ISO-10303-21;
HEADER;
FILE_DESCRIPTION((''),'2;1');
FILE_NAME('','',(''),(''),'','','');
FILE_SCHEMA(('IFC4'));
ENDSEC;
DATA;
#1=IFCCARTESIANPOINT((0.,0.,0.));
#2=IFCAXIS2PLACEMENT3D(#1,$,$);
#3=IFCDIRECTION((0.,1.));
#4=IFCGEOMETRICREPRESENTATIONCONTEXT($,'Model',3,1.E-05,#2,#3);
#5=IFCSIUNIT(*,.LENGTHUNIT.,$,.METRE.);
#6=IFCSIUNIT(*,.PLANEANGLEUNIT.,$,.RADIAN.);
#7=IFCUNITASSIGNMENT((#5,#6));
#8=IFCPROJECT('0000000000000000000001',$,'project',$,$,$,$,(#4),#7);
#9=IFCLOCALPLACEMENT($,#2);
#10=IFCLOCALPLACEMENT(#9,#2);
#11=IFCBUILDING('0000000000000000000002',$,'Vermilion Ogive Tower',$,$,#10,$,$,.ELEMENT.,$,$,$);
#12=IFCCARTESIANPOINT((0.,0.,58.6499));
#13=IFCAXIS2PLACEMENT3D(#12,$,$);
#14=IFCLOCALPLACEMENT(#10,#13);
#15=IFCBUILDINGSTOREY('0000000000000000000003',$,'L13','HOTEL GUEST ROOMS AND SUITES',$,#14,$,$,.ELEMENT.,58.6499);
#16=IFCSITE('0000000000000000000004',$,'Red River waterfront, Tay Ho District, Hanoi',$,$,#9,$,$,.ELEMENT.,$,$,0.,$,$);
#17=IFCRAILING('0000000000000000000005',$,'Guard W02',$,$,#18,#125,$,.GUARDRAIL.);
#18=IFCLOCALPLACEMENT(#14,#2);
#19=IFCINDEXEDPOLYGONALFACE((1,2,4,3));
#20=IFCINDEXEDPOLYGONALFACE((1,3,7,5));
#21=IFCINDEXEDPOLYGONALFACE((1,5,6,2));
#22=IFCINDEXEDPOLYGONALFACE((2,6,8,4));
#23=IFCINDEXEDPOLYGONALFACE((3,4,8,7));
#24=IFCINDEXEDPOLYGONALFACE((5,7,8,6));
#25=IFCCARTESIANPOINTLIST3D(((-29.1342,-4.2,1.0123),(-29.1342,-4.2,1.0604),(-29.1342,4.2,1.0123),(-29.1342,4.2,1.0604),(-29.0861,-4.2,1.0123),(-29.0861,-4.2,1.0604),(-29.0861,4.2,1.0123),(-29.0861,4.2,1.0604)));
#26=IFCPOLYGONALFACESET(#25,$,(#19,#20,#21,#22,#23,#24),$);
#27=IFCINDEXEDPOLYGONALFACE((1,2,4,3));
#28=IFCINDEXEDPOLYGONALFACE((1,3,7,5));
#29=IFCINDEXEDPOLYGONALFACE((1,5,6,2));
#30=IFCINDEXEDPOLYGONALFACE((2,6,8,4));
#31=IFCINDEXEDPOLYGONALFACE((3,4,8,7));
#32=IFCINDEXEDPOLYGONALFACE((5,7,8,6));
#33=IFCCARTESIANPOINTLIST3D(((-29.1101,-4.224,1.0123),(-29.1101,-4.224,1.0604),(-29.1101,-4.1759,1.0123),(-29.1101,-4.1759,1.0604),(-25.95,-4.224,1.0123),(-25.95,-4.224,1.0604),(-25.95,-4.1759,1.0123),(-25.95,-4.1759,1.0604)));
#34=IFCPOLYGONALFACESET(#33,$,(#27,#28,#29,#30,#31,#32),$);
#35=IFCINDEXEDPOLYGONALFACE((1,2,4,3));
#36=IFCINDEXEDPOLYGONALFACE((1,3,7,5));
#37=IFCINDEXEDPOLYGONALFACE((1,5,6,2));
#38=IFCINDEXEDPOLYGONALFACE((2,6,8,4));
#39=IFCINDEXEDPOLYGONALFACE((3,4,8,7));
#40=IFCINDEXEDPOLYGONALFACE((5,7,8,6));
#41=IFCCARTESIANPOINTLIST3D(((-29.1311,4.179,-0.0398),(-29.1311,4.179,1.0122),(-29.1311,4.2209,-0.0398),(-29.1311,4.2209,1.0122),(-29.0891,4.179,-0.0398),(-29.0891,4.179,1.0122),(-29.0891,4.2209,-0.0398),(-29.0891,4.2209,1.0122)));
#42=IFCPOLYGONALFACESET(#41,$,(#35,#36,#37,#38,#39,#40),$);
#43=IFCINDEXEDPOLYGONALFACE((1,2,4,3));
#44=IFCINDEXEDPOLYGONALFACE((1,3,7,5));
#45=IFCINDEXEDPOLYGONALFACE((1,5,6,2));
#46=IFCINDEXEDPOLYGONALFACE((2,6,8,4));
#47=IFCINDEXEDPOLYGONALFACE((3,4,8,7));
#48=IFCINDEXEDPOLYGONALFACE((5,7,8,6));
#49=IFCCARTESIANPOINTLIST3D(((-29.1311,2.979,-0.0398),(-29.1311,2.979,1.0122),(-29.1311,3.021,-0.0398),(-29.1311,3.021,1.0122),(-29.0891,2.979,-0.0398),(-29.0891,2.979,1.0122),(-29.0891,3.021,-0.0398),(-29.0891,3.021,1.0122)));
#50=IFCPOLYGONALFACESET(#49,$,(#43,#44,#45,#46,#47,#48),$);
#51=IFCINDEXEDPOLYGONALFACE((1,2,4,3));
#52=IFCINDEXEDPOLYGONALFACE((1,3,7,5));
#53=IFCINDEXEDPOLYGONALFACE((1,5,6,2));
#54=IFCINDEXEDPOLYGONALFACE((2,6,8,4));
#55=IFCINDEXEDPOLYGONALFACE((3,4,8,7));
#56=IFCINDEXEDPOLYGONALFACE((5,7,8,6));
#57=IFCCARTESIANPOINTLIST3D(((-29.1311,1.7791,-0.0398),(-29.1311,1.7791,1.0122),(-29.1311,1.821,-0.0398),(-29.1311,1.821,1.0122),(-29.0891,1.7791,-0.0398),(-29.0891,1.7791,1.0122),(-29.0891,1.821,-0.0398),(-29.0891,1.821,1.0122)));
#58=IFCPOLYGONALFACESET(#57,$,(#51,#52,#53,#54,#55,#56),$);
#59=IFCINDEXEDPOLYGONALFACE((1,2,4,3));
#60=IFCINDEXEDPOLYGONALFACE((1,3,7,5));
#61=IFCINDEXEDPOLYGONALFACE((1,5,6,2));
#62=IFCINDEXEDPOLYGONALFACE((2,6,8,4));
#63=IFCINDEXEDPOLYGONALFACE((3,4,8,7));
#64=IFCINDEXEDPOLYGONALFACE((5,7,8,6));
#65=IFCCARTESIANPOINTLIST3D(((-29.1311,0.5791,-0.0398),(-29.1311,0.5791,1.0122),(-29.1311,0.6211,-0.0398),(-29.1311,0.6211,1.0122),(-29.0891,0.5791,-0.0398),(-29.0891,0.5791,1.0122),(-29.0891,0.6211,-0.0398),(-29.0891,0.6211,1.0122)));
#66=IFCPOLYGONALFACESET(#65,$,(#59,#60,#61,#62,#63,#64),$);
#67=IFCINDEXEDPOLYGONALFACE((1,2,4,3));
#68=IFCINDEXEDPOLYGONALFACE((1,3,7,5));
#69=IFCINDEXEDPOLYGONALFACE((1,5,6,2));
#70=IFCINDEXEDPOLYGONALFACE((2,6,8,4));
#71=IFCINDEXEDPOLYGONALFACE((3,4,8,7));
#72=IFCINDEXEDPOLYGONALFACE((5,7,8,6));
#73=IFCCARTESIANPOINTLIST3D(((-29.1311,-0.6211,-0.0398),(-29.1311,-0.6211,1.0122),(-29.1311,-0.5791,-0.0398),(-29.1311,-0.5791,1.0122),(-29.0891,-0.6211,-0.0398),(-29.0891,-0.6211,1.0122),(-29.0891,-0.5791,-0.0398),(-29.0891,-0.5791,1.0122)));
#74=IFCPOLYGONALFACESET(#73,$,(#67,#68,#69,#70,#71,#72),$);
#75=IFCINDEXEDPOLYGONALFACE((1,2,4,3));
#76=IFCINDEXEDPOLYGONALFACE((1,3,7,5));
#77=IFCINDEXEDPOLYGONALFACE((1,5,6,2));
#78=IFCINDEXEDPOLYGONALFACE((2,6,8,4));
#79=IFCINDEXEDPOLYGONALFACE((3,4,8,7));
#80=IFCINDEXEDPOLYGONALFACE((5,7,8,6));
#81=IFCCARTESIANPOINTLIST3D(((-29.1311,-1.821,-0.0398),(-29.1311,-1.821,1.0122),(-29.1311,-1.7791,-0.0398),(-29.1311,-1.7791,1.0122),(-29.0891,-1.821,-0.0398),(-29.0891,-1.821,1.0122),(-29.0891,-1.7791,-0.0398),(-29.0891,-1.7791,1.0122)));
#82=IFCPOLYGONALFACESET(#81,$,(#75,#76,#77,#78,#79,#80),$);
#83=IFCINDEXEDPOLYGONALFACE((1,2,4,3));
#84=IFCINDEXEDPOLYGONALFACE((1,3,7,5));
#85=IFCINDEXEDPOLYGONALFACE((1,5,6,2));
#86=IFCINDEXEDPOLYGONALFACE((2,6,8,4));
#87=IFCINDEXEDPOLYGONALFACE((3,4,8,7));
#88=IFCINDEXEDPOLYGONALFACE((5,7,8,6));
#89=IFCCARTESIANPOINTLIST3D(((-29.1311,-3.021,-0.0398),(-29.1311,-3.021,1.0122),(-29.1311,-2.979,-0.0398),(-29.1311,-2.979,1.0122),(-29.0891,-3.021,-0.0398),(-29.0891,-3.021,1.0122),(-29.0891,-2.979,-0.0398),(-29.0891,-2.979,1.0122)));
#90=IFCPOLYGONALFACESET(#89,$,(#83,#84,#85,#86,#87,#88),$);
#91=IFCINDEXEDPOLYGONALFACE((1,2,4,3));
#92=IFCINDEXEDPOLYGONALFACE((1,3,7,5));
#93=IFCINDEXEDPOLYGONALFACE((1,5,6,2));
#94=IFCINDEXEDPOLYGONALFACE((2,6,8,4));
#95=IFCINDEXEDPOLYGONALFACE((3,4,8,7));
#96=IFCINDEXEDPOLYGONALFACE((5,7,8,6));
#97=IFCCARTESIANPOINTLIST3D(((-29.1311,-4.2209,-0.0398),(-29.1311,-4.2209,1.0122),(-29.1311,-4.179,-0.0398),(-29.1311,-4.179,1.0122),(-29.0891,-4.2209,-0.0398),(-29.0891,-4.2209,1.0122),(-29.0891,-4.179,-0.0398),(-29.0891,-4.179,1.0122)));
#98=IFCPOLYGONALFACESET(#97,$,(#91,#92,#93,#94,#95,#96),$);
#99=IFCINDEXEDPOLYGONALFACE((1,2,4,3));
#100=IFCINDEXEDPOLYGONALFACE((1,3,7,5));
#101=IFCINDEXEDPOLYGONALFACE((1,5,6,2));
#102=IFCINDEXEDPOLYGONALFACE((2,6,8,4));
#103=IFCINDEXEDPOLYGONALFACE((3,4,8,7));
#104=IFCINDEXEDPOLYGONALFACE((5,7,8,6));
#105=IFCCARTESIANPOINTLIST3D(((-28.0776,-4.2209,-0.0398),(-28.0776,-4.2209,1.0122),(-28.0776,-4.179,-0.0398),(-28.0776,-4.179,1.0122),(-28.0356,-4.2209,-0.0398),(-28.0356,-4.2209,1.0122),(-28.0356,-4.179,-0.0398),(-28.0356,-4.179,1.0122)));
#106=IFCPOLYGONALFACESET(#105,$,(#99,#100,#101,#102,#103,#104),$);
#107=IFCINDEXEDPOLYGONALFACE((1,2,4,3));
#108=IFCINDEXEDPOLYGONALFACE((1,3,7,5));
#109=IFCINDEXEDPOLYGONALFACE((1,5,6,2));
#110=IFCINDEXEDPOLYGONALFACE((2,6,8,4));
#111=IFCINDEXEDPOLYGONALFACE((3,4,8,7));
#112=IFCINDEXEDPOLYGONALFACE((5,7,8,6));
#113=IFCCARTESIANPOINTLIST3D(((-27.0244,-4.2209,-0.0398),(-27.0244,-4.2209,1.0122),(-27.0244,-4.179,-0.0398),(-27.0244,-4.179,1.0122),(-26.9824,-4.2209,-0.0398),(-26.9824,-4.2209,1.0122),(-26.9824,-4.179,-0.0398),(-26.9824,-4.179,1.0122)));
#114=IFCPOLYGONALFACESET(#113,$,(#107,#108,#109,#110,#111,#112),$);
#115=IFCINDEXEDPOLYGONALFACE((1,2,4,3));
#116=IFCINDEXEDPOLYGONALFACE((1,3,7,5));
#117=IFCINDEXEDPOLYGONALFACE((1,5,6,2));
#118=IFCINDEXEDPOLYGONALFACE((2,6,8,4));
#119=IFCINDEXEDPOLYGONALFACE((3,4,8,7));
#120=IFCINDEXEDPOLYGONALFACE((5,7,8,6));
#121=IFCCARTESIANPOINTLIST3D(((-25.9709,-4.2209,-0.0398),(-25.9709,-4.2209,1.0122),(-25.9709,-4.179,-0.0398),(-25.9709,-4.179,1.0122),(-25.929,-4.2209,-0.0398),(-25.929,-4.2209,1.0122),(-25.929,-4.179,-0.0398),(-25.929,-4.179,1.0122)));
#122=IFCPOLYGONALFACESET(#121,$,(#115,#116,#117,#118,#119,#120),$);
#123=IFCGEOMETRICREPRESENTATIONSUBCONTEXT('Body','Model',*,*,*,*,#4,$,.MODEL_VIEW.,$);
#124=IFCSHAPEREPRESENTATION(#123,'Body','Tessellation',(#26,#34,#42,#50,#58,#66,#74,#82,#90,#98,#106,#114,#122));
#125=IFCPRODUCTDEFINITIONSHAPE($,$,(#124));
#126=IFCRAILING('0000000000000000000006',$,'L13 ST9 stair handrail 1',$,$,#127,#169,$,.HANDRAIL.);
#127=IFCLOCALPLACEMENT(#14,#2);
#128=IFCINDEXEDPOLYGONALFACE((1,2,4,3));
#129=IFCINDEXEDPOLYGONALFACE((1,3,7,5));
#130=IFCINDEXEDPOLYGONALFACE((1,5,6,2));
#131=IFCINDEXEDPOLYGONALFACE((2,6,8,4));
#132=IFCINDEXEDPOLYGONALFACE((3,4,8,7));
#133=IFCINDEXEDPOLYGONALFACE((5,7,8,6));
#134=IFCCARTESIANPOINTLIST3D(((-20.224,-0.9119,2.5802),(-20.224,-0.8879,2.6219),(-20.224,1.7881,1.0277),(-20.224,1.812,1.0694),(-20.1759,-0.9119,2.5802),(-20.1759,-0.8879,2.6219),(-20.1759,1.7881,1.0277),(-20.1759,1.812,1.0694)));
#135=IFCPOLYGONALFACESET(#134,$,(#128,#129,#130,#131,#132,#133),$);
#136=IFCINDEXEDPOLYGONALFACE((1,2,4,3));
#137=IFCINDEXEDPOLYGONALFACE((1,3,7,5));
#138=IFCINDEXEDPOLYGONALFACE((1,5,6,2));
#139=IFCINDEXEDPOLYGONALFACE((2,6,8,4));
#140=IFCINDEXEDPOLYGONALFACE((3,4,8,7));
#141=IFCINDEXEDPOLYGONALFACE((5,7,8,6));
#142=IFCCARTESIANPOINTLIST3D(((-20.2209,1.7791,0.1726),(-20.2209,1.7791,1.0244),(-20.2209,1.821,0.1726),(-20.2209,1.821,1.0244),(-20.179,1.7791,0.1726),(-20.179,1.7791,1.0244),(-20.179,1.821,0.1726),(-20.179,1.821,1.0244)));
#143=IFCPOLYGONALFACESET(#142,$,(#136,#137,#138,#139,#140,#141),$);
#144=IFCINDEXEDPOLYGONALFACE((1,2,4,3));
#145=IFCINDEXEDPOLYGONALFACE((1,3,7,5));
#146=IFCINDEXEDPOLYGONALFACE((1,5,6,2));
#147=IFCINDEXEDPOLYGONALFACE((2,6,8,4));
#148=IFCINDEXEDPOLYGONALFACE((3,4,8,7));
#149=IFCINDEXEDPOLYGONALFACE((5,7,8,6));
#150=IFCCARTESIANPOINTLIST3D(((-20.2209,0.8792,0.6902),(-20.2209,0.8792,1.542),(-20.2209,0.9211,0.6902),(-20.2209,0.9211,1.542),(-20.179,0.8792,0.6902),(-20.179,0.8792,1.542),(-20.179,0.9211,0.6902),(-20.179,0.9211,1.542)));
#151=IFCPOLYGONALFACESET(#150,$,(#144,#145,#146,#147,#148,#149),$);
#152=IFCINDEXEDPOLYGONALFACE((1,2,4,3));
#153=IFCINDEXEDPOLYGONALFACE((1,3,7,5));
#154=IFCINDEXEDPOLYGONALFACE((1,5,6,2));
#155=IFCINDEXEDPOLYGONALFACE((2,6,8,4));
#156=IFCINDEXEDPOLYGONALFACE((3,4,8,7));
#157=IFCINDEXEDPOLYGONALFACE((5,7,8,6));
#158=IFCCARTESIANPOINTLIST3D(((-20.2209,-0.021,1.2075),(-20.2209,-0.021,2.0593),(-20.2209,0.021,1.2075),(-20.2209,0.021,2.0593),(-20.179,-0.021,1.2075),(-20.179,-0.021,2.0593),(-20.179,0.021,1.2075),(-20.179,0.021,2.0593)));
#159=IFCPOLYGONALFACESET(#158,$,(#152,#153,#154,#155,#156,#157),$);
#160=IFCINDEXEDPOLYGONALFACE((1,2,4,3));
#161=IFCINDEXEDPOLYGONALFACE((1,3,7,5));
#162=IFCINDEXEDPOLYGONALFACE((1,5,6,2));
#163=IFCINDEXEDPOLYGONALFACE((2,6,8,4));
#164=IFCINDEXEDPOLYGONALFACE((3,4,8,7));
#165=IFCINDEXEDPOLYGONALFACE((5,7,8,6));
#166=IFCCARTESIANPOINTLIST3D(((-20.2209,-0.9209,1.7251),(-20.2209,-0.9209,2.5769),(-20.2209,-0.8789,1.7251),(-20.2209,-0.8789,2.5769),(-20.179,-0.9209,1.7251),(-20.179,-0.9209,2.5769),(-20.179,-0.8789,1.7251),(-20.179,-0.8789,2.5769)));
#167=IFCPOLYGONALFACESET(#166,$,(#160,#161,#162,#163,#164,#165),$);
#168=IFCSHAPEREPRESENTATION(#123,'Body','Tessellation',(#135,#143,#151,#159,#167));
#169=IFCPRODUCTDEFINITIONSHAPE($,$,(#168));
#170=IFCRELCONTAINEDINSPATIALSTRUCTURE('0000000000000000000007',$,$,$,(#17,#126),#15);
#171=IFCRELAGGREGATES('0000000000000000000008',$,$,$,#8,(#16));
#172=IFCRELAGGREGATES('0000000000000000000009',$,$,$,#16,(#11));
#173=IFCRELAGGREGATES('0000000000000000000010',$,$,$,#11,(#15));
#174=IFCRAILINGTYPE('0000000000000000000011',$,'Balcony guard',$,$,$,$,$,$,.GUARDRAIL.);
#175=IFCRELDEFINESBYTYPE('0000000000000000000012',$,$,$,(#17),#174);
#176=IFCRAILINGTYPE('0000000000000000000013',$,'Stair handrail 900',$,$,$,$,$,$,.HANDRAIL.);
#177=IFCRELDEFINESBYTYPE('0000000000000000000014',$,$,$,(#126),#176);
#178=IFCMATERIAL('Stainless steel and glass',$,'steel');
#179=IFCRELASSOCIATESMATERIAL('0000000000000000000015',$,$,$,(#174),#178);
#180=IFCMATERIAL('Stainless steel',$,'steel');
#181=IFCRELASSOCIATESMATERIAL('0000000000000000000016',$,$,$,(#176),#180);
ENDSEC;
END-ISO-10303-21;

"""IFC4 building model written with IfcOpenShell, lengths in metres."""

from ifc_helpers import new_model, si_unit, direction, frame, origin, origin_2d, place, context, subcontext, project, spatial, rectangle, extrude, material, type_object, element, save


model = new_model("IFC4")

# Units and contexts
model_context = context("Model", 3, precision=1e-05, world=origin(), true_north=direction((0.0, 1.0)))
body_context = subcontext(model_context, "Body", "Model", "MODEL_VIEW")
ifc_project = project(units=[si_unit("LENGTHUNIT", "METRE"), si_unit("PLANEANGLEUNIT", "RADIAN")], contexts=[model_context])

# Site, building, storey
site_placement = place(None, origin())
site = spatial("IfcSite", under=ifc_project, at=site_placement, Name="Red River waterfront, Tay Ho District, Hanoi", CompositionType="ELEMENT", RefElevation=0.0)
building_placement = place(site_placement, origin())
building = spatial("IfcBuilding", under=site, at=building_placement, Name="Vermilion Ogive Tower", CompositionType="ELEMENT")
storey_placement = place(building_placement, frame((0.0, 0.0, 58.6499)))
storey = spatial("IfcBuildingStorey", under=building, at=storey_placement, Name="L13", Description="HOTEL GUEST ROOMS AND SUITES", CompositionType="ELEMENT", Elevation=58.6499)

# Railings
ifc_material_1 = material(Name="Stainless steel and glass", Category="steel")
railing_type_1 = type_object("IfcRailingType", Name="Balcony guard", PredefinedType="GUARDRAIL", material=ifc_material_1)
railing_1_placement = place(storey_placement, frame((-29.1101, 4.2, -0.0398)))
element("IfcRailing", 1, at=railing_1_placement, inside=storey, type_object=railing_type_1, Name="Guard W02", PredefinedType="GUARDRAIL", context=body_context, shape_type="SweptSolid", body=[
    extrude(rectangle(XDim=0.0481, YDim=0.0481, at=origin_2d()), frame((0.0, 0.0, 1.0762), z_axis=(0.0, -1.0, 0.0), x_axis=(1.0, 0.0, 0.0)), (0.0, 0.0, 1.0), 8.3999),
    extrude(rectangle(XDim=0.0481, YDim=0.0481, at=origin_2d()), frame((0.0, -8.3999, 1.0762), z_axis=(1.0, 0.0, 0.0), x_axis=(0.0, 1.0, 0.0)), (0.0, 0.0, 1.0), 3.1602),
    extrude(rectangle(XDim=0.042, YDim=0.042, at=origin_2d()), origin(), (0.0, 0.0, 1.0), 1.052),
    extrude(rectangle(XDim=0.042, YDim=0.042, at=origin_2d()), frame((0.0, -1.2, 0.0)), (0.0, 0.0, 1.0), 1.052),
    extrude(rectangle(XDim=0.042, YDim=0.042, at=origin_2d()), frame((0.0, -2.3999, 0.0)), (0.0, 0.0, 1.0), 1.052),
    extrude(rectangle(XDim=0.042, YDim=0.042, at=origin_2d()), frame((0.0, -3.5999, 0.0)), (0.0, 0.0, 1.0), 1.052),
    extrude(rectangle(XDim=0.042, YDim=0.042, at=origin_2d()), frame((0.0, -4.8, 0.0)), (0.0, 0.0, 1.0), 1.052),
    extrude(rectangle(XDim=0.042, YDim=0.042, at=origin_2d()), frame((0.0, -6.0, 0.0)), (0.0, 0.0, 1.0), 1.052),
    extrude(rectangle(XDim=0.042, YDim=0.042, at=origin_2d()), frame((0.0, -7.2, 0.0)), (0.0, 0.0, 1.0), 1.052),
    extrude(rectangle(XDim=0.042, YDim=0.042, at=origin_2d()), frame((0.0, -8.3999, 0.0)), (0.0, 0.0, 1.0), 1.052),
    extrude(rectangle(XDim=0.042, YDim=0.042, at=origin_2d()), frame((1.0535, -8.3999, 0.0)), (0.0, 0.0, 1.0), 1.052),
    extrude(rectangle(XDim=0.042, YDim=0.042, at=origin_2d()), frame((2.1067, -8.3999, 0.0)), (0.0, 0.0, 1.0), 1.052),
    extrude(rectangle(XDim=0.042, YDim=0.042, at=origin_2d()), frame((3.1602, -8.3999, 0.0)), (0.0, 0.0, 1.0), 1.052),
])
ifc_material_2 = material(Name="Stainless steel", Category="steel")
railing_type_2 = type_object("IfcRailingType", Name="Stair handrail 900", PredefinedType="HANDRAIL", material=ifc_material_2)
railing_2_placement = place(storey_placement, frame((-20.2, 1.8, 0.1726)))
element("IfcRailing", 2, at=railing_2_placement, inside=storey, type_object=railing_type_2, Name="L13 ST9 stair handrail 1", PredefinedType="HANDRAIL", context=body_context, shape_type="SweptSolid", body=[
    extrude(rectangle(XDim=0.0481, YDim=0.0481, at=origin_2d()), frame((0.0, 0.0, 0.876), z_axis=(0.0, -0.866904, 0.498476), x_axis=(1.0, 0.0, 0.0)), (0.0, 0.0, 1.0), 3.1145),
    extrude(rectangle(XDim=0.042, YDim=0.042, at=origin_2d()), origin(), (0.0, 0.0, 1.0), 0.8518),
    extrude(rectangle(XDim=0.042, YDim=0.042, at=origin_2d()), frame((0.0, -0.8999, 0.5176)), (0.0, 0.0, 1.0), 0.8518),
    extrude(rectangle(XDim=0.042, YDim=0.042, at=origin_2d()), frame((0.0, -1.8, 1.0349)), (0.0, 0.0, 1.0), 0.8518),
    extrude(rectangle(XDim=0.042, YDim=0.042, at=origin_2d()), frame((0.0, -2.7, 1.5525)), (0.0, 0.0, 1.0), 0.8518),
])

save(model, "model.ifc")
